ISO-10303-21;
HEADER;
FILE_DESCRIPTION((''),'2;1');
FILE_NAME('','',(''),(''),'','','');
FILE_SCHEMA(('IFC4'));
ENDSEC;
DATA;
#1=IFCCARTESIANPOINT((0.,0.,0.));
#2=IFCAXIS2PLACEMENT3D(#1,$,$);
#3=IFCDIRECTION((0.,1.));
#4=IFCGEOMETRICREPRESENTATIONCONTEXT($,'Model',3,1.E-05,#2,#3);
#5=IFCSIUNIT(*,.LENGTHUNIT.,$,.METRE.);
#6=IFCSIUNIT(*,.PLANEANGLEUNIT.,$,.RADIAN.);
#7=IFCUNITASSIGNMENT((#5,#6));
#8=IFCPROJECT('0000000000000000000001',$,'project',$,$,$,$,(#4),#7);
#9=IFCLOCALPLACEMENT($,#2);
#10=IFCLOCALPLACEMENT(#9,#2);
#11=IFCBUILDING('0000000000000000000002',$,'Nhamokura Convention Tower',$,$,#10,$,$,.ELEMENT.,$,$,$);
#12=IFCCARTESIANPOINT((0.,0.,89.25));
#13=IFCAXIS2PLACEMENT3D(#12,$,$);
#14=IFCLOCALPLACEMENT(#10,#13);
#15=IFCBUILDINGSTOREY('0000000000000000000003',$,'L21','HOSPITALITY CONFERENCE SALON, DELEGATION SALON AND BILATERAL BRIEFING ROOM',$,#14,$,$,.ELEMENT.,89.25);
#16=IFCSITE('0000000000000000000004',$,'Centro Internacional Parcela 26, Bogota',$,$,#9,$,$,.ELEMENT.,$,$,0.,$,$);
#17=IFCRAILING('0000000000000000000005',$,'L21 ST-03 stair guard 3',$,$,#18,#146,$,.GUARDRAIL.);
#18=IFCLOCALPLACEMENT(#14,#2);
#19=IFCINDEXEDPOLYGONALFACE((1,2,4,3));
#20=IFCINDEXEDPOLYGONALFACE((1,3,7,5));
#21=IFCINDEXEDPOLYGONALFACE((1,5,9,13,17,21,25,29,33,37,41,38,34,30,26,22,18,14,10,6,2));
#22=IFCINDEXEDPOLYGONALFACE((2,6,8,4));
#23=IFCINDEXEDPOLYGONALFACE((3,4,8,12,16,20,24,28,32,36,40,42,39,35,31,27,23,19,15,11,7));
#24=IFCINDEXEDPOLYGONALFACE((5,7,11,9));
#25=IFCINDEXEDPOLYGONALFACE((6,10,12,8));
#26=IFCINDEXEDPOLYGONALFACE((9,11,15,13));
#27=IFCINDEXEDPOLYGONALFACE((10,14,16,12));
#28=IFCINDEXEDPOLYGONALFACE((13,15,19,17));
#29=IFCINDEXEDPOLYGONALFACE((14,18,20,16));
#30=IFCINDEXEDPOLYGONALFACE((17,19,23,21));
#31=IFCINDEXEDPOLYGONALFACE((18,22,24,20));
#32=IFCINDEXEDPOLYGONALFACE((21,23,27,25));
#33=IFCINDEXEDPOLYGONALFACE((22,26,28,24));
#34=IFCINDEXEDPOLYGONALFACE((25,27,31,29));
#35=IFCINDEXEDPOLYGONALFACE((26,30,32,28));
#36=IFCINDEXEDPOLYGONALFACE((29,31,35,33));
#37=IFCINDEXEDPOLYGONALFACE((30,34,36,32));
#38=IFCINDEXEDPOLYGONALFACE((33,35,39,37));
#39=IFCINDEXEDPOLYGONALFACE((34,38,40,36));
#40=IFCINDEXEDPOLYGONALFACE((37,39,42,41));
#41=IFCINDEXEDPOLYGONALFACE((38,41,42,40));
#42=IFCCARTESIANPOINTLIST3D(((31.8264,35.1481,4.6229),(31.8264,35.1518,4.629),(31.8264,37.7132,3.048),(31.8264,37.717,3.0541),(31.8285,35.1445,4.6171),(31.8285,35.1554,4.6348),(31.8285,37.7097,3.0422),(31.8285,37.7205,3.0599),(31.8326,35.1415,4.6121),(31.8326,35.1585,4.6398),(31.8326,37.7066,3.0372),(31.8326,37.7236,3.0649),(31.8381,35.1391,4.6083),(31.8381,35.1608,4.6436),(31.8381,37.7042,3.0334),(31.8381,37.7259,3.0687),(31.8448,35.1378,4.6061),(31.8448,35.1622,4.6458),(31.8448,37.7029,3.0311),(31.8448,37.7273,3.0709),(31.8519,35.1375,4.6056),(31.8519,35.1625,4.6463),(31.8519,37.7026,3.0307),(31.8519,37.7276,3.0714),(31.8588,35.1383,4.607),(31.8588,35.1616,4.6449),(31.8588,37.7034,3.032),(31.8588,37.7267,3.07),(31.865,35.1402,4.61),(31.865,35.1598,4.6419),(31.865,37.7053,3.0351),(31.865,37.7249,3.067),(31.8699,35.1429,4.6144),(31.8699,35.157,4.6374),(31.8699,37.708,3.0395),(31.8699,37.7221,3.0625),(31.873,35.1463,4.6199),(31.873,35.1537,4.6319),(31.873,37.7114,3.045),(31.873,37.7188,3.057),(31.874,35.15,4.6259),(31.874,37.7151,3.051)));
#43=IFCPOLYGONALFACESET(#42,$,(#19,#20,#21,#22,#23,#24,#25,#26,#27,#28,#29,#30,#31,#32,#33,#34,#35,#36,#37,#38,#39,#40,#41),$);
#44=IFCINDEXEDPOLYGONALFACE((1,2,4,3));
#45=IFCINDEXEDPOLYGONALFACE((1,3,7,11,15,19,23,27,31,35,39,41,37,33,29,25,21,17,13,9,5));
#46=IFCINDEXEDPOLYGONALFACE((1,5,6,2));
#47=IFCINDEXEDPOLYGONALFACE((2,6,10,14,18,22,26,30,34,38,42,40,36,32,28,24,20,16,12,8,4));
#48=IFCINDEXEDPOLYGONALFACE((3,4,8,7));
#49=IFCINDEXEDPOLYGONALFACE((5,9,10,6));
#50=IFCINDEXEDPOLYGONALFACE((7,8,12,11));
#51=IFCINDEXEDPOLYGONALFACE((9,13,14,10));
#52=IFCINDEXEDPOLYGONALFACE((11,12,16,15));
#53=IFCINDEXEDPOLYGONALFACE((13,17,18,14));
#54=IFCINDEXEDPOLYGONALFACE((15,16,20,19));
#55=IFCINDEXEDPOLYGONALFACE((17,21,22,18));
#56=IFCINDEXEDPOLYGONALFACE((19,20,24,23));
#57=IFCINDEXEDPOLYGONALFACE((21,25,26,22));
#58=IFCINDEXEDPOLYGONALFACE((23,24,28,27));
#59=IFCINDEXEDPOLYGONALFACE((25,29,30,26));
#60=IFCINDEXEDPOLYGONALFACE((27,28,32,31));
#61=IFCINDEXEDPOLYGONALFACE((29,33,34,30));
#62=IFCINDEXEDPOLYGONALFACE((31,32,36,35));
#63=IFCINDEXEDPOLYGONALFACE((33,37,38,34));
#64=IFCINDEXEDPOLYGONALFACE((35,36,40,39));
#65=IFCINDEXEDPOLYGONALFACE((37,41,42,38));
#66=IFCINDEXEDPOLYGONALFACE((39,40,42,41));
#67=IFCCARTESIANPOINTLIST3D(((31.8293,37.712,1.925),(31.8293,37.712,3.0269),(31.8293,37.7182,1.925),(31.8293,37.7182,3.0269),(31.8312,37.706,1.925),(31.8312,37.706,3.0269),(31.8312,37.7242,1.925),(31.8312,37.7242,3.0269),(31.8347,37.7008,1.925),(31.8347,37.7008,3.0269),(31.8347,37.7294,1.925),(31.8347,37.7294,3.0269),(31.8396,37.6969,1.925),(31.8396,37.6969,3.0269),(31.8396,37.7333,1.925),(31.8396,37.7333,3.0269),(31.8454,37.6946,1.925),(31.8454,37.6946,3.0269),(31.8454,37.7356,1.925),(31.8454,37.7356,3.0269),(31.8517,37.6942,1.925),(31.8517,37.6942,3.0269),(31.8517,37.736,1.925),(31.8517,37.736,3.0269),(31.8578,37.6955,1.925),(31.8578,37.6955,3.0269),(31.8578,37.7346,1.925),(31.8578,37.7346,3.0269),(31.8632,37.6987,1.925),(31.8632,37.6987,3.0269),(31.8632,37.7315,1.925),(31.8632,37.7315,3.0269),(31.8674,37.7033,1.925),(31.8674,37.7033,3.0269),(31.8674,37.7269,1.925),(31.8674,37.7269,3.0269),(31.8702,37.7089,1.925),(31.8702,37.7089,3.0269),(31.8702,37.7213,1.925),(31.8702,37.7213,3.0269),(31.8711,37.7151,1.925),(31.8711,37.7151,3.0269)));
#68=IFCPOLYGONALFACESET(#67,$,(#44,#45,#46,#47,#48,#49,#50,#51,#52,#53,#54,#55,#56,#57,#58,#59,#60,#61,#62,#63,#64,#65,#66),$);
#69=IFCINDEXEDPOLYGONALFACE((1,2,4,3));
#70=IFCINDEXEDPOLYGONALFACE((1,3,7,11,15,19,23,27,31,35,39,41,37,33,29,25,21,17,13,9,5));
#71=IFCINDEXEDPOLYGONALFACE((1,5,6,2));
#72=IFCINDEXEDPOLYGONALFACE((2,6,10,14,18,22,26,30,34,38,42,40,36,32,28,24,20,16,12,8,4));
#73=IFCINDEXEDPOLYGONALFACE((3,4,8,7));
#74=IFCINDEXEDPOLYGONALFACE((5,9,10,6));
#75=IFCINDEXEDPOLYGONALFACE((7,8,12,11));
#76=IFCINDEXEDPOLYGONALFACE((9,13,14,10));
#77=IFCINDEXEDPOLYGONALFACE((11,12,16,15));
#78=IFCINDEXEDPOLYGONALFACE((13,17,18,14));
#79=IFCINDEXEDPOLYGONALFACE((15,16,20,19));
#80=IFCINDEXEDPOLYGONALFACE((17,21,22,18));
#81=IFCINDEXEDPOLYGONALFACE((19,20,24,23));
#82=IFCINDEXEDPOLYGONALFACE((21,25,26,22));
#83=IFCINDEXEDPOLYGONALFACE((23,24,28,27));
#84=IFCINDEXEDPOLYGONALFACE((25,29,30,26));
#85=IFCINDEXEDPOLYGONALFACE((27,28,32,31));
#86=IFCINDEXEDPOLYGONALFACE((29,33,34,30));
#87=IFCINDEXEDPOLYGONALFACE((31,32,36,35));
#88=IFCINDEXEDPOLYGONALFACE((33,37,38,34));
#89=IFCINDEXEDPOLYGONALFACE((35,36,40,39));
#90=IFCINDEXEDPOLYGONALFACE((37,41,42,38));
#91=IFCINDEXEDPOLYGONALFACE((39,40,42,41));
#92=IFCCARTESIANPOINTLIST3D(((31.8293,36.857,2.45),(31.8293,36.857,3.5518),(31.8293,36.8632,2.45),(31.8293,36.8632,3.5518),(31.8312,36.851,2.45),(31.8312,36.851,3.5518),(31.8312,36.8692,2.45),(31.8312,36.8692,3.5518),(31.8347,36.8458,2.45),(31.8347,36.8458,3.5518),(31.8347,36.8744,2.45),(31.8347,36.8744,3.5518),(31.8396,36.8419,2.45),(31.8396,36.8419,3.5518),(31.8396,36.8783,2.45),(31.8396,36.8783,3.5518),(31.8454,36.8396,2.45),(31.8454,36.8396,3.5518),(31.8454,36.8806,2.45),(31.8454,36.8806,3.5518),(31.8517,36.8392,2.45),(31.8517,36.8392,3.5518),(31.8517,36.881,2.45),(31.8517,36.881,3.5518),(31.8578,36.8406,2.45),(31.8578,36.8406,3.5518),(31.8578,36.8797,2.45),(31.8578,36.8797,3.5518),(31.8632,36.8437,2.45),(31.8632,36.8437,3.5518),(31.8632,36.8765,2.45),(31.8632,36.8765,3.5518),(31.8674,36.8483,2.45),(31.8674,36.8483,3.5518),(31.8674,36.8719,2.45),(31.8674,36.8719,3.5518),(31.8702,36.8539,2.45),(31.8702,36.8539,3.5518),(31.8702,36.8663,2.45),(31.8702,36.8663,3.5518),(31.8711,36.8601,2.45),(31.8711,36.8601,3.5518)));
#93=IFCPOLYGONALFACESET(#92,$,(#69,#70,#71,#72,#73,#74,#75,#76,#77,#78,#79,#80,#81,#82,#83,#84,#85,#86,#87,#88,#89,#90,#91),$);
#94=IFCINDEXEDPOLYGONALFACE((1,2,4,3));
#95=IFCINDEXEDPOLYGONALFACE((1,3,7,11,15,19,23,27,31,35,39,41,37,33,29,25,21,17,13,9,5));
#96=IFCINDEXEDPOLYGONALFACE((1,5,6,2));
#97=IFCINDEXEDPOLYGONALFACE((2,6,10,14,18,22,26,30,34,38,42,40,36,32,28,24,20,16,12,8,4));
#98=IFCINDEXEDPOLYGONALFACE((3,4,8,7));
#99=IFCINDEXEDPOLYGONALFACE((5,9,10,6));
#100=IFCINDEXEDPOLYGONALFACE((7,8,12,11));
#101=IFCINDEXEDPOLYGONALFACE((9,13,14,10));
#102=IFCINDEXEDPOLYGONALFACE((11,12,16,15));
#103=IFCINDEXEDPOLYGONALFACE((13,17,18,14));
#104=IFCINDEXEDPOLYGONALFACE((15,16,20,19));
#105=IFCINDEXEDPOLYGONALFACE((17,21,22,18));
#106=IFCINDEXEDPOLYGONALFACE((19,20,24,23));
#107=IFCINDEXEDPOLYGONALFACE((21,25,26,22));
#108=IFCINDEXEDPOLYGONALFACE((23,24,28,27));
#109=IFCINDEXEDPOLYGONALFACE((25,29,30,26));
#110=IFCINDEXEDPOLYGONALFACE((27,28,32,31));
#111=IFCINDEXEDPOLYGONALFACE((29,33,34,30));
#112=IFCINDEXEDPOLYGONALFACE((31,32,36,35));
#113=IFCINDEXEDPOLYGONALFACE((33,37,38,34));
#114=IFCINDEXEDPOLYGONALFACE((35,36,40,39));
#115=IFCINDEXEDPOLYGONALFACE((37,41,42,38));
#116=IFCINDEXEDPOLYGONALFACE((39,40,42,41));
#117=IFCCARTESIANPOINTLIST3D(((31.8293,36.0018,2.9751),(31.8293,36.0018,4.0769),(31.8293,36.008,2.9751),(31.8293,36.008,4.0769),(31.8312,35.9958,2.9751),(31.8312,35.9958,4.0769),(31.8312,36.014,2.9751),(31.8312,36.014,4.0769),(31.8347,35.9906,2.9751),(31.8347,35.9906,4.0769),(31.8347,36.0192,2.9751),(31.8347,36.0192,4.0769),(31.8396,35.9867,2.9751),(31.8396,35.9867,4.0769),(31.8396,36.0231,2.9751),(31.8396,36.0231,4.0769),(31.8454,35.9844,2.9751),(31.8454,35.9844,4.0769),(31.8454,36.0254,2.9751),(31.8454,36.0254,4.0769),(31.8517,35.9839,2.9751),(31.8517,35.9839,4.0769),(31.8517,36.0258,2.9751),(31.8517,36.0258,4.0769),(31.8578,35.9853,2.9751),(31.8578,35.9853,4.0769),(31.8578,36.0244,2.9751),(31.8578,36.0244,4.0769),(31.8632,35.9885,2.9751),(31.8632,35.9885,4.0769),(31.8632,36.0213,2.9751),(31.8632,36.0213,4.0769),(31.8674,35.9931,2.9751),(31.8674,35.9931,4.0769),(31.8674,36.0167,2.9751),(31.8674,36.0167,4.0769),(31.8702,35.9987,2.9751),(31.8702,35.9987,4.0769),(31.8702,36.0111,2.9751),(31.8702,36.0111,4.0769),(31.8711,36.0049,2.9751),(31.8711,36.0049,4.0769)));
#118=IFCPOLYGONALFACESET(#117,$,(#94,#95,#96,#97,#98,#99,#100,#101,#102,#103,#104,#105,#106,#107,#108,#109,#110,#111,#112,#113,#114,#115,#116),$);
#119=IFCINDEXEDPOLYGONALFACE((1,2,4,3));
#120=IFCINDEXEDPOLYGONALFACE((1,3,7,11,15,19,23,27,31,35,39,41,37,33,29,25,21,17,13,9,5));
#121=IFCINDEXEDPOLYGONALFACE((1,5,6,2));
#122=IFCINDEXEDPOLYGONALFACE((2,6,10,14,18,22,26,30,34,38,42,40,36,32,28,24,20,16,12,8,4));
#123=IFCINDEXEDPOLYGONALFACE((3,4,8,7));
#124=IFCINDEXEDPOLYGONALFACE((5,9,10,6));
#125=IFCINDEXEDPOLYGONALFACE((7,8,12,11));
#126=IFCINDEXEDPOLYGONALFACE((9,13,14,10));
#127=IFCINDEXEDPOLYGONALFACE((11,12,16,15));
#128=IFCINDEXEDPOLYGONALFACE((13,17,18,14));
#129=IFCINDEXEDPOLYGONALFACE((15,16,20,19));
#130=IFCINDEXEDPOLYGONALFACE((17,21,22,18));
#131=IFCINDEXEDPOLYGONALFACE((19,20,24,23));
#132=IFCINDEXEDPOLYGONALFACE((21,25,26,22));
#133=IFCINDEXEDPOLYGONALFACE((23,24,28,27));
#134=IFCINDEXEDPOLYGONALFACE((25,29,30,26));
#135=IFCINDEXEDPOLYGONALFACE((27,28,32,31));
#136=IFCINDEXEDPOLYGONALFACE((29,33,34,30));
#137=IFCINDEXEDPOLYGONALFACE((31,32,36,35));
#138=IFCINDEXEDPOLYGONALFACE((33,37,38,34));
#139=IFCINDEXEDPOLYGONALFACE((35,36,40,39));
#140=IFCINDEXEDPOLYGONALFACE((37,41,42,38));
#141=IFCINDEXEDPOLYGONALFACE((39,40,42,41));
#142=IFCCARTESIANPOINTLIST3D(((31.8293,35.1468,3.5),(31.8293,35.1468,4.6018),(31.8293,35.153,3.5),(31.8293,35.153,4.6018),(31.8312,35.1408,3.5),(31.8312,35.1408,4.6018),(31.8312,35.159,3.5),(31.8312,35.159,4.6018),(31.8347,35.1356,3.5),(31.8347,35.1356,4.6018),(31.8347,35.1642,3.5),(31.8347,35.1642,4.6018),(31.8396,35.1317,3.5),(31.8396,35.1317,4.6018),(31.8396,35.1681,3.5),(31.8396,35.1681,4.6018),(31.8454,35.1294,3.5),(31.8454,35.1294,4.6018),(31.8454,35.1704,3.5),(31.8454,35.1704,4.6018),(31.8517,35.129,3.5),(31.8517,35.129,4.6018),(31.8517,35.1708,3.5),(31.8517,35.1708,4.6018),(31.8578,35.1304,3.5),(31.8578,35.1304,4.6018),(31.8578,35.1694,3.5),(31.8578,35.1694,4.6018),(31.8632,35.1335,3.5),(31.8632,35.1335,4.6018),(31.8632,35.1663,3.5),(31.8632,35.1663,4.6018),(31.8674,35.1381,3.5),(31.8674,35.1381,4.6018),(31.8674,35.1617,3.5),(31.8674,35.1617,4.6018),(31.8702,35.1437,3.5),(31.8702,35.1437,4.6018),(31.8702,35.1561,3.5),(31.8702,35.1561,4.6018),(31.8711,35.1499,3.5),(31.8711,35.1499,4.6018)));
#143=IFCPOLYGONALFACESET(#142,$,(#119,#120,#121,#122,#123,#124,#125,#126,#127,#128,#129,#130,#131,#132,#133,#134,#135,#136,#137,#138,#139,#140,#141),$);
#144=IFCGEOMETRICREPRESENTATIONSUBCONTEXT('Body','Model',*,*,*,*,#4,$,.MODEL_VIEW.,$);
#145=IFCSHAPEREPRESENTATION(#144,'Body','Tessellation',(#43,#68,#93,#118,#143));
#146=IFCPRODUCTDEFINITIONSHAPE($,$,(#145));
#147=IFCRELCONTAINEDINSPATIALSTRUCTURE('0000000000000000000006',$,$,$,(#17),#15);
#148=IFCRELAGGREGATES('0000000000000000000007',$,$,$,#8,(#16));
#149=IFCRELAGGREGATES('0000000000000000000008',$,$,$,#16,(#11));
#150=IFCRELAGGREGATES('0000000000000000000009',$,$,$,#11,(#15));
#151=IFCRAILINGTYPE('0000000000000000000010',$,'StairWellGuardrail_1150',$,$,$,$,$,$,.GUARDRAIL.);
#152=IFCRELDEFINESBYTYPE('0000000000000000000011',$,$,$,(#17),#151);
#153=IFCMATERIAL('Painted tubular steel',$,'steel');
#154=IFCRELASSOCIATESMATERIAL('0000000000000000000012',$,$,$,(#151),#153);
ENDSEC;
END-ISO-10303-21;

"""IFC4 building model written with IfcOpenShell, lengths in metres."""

from ifc_helpers import new_model, si_unit, direction, frame, origin, origin_2d, place, context, subcontext, project, spatial, circle, extrude, material, type_object, element, save


model = new_model("IFC4")

# Units and contexts
model_context = context("Model", 3, precision=1e-05, world=origin(), true_north=direction((0.0, 1.0)))
body_context = subcontext(model_context, "Body", "Model", "MODEL_VIEW")
ifc_project = project(units=[si_unit("LENGTHUNIT", "METRE"), si_unit("PLANEANGLEUNIT", "RADIAN")], contexts=[model_context])

# Site, building, storey
site_placement = place(None, origin())
site = spatial("IfcSite", under=ifc_project, at=site_placement, Name="Centro Internacional Parcela 26, Bogota", CompositionType="ELEMENT", RefElevation=0.0)
building_placement = place(site_placement, origin())
building = spatial("IfcBuilding", under=site, at=building_placement, Name="Nhamokura Convention Tower", CompositionType="ELEMENT")
storey_placement = place(building_placement, frame((0.0, 0.0, 89.25)))
storey = spatial("IfcBuildingStorey", under=building, at=storey_placement, Name="L21", Description="HOSPITALITY CONFERENCE SALON, DELEGATION SALON AND BILATERAL BRIEFING ROOM", CompositionType="ELEMENT", Elevation=89.25)

# Railing
ifc_material_1 = material(Name="Painted tubular steel", Category="steel")
railing_type_1 = type_object("IfcRailingType", Name="StairWellGuardrail_1150", PredefinedType="GUARDRAIL", material=ifc_material_1)
railing_1_placement = place(storey_placement, frame((31.8501, 37.7151, 1.925)))
element("IfcRailing", 1, at=railing_1_placement, inside=storey, type_object=railing_type_1, Name="L21 ST-03 stair guard 3", PredefinedType="GUARDRAIL", context=body_context, shape_type="SweptSolid", body=[
    extrude(circle(Radius=0.0239, at=origin_2d()), frame((0.0, 0.0, 1.126), z_axis=(0.0, -0.852195, 0.523224), x_axis=(1.0, 0.0, 0.0)), (0.0, 0.0, 1.0), 3.01),
    extrude(circle(Radius=0.021, at=origin_2d()), origin(), (0.0, 0.0, 1.0), 1.1018),
    extrude(circle(Radius=0.021, at=origin_2d()), frame((0.0, -0.855, 0.5249)), (0.0, 0.0, 1.0), 1.1018),
    extrude(circle(Radius=0.021, at=origin_2d()), frame((0.0, -1.7102, 1.05)), (0.0, 0.0, 1.0), 1.1018),
    extrude(circle(Radius=0.021, at=origin_2d()), frame((0.0, -2.5652, 1.575)), (0.0, 0.0, 1.0), 1.1018),
])

save(model, "model.ifc")
